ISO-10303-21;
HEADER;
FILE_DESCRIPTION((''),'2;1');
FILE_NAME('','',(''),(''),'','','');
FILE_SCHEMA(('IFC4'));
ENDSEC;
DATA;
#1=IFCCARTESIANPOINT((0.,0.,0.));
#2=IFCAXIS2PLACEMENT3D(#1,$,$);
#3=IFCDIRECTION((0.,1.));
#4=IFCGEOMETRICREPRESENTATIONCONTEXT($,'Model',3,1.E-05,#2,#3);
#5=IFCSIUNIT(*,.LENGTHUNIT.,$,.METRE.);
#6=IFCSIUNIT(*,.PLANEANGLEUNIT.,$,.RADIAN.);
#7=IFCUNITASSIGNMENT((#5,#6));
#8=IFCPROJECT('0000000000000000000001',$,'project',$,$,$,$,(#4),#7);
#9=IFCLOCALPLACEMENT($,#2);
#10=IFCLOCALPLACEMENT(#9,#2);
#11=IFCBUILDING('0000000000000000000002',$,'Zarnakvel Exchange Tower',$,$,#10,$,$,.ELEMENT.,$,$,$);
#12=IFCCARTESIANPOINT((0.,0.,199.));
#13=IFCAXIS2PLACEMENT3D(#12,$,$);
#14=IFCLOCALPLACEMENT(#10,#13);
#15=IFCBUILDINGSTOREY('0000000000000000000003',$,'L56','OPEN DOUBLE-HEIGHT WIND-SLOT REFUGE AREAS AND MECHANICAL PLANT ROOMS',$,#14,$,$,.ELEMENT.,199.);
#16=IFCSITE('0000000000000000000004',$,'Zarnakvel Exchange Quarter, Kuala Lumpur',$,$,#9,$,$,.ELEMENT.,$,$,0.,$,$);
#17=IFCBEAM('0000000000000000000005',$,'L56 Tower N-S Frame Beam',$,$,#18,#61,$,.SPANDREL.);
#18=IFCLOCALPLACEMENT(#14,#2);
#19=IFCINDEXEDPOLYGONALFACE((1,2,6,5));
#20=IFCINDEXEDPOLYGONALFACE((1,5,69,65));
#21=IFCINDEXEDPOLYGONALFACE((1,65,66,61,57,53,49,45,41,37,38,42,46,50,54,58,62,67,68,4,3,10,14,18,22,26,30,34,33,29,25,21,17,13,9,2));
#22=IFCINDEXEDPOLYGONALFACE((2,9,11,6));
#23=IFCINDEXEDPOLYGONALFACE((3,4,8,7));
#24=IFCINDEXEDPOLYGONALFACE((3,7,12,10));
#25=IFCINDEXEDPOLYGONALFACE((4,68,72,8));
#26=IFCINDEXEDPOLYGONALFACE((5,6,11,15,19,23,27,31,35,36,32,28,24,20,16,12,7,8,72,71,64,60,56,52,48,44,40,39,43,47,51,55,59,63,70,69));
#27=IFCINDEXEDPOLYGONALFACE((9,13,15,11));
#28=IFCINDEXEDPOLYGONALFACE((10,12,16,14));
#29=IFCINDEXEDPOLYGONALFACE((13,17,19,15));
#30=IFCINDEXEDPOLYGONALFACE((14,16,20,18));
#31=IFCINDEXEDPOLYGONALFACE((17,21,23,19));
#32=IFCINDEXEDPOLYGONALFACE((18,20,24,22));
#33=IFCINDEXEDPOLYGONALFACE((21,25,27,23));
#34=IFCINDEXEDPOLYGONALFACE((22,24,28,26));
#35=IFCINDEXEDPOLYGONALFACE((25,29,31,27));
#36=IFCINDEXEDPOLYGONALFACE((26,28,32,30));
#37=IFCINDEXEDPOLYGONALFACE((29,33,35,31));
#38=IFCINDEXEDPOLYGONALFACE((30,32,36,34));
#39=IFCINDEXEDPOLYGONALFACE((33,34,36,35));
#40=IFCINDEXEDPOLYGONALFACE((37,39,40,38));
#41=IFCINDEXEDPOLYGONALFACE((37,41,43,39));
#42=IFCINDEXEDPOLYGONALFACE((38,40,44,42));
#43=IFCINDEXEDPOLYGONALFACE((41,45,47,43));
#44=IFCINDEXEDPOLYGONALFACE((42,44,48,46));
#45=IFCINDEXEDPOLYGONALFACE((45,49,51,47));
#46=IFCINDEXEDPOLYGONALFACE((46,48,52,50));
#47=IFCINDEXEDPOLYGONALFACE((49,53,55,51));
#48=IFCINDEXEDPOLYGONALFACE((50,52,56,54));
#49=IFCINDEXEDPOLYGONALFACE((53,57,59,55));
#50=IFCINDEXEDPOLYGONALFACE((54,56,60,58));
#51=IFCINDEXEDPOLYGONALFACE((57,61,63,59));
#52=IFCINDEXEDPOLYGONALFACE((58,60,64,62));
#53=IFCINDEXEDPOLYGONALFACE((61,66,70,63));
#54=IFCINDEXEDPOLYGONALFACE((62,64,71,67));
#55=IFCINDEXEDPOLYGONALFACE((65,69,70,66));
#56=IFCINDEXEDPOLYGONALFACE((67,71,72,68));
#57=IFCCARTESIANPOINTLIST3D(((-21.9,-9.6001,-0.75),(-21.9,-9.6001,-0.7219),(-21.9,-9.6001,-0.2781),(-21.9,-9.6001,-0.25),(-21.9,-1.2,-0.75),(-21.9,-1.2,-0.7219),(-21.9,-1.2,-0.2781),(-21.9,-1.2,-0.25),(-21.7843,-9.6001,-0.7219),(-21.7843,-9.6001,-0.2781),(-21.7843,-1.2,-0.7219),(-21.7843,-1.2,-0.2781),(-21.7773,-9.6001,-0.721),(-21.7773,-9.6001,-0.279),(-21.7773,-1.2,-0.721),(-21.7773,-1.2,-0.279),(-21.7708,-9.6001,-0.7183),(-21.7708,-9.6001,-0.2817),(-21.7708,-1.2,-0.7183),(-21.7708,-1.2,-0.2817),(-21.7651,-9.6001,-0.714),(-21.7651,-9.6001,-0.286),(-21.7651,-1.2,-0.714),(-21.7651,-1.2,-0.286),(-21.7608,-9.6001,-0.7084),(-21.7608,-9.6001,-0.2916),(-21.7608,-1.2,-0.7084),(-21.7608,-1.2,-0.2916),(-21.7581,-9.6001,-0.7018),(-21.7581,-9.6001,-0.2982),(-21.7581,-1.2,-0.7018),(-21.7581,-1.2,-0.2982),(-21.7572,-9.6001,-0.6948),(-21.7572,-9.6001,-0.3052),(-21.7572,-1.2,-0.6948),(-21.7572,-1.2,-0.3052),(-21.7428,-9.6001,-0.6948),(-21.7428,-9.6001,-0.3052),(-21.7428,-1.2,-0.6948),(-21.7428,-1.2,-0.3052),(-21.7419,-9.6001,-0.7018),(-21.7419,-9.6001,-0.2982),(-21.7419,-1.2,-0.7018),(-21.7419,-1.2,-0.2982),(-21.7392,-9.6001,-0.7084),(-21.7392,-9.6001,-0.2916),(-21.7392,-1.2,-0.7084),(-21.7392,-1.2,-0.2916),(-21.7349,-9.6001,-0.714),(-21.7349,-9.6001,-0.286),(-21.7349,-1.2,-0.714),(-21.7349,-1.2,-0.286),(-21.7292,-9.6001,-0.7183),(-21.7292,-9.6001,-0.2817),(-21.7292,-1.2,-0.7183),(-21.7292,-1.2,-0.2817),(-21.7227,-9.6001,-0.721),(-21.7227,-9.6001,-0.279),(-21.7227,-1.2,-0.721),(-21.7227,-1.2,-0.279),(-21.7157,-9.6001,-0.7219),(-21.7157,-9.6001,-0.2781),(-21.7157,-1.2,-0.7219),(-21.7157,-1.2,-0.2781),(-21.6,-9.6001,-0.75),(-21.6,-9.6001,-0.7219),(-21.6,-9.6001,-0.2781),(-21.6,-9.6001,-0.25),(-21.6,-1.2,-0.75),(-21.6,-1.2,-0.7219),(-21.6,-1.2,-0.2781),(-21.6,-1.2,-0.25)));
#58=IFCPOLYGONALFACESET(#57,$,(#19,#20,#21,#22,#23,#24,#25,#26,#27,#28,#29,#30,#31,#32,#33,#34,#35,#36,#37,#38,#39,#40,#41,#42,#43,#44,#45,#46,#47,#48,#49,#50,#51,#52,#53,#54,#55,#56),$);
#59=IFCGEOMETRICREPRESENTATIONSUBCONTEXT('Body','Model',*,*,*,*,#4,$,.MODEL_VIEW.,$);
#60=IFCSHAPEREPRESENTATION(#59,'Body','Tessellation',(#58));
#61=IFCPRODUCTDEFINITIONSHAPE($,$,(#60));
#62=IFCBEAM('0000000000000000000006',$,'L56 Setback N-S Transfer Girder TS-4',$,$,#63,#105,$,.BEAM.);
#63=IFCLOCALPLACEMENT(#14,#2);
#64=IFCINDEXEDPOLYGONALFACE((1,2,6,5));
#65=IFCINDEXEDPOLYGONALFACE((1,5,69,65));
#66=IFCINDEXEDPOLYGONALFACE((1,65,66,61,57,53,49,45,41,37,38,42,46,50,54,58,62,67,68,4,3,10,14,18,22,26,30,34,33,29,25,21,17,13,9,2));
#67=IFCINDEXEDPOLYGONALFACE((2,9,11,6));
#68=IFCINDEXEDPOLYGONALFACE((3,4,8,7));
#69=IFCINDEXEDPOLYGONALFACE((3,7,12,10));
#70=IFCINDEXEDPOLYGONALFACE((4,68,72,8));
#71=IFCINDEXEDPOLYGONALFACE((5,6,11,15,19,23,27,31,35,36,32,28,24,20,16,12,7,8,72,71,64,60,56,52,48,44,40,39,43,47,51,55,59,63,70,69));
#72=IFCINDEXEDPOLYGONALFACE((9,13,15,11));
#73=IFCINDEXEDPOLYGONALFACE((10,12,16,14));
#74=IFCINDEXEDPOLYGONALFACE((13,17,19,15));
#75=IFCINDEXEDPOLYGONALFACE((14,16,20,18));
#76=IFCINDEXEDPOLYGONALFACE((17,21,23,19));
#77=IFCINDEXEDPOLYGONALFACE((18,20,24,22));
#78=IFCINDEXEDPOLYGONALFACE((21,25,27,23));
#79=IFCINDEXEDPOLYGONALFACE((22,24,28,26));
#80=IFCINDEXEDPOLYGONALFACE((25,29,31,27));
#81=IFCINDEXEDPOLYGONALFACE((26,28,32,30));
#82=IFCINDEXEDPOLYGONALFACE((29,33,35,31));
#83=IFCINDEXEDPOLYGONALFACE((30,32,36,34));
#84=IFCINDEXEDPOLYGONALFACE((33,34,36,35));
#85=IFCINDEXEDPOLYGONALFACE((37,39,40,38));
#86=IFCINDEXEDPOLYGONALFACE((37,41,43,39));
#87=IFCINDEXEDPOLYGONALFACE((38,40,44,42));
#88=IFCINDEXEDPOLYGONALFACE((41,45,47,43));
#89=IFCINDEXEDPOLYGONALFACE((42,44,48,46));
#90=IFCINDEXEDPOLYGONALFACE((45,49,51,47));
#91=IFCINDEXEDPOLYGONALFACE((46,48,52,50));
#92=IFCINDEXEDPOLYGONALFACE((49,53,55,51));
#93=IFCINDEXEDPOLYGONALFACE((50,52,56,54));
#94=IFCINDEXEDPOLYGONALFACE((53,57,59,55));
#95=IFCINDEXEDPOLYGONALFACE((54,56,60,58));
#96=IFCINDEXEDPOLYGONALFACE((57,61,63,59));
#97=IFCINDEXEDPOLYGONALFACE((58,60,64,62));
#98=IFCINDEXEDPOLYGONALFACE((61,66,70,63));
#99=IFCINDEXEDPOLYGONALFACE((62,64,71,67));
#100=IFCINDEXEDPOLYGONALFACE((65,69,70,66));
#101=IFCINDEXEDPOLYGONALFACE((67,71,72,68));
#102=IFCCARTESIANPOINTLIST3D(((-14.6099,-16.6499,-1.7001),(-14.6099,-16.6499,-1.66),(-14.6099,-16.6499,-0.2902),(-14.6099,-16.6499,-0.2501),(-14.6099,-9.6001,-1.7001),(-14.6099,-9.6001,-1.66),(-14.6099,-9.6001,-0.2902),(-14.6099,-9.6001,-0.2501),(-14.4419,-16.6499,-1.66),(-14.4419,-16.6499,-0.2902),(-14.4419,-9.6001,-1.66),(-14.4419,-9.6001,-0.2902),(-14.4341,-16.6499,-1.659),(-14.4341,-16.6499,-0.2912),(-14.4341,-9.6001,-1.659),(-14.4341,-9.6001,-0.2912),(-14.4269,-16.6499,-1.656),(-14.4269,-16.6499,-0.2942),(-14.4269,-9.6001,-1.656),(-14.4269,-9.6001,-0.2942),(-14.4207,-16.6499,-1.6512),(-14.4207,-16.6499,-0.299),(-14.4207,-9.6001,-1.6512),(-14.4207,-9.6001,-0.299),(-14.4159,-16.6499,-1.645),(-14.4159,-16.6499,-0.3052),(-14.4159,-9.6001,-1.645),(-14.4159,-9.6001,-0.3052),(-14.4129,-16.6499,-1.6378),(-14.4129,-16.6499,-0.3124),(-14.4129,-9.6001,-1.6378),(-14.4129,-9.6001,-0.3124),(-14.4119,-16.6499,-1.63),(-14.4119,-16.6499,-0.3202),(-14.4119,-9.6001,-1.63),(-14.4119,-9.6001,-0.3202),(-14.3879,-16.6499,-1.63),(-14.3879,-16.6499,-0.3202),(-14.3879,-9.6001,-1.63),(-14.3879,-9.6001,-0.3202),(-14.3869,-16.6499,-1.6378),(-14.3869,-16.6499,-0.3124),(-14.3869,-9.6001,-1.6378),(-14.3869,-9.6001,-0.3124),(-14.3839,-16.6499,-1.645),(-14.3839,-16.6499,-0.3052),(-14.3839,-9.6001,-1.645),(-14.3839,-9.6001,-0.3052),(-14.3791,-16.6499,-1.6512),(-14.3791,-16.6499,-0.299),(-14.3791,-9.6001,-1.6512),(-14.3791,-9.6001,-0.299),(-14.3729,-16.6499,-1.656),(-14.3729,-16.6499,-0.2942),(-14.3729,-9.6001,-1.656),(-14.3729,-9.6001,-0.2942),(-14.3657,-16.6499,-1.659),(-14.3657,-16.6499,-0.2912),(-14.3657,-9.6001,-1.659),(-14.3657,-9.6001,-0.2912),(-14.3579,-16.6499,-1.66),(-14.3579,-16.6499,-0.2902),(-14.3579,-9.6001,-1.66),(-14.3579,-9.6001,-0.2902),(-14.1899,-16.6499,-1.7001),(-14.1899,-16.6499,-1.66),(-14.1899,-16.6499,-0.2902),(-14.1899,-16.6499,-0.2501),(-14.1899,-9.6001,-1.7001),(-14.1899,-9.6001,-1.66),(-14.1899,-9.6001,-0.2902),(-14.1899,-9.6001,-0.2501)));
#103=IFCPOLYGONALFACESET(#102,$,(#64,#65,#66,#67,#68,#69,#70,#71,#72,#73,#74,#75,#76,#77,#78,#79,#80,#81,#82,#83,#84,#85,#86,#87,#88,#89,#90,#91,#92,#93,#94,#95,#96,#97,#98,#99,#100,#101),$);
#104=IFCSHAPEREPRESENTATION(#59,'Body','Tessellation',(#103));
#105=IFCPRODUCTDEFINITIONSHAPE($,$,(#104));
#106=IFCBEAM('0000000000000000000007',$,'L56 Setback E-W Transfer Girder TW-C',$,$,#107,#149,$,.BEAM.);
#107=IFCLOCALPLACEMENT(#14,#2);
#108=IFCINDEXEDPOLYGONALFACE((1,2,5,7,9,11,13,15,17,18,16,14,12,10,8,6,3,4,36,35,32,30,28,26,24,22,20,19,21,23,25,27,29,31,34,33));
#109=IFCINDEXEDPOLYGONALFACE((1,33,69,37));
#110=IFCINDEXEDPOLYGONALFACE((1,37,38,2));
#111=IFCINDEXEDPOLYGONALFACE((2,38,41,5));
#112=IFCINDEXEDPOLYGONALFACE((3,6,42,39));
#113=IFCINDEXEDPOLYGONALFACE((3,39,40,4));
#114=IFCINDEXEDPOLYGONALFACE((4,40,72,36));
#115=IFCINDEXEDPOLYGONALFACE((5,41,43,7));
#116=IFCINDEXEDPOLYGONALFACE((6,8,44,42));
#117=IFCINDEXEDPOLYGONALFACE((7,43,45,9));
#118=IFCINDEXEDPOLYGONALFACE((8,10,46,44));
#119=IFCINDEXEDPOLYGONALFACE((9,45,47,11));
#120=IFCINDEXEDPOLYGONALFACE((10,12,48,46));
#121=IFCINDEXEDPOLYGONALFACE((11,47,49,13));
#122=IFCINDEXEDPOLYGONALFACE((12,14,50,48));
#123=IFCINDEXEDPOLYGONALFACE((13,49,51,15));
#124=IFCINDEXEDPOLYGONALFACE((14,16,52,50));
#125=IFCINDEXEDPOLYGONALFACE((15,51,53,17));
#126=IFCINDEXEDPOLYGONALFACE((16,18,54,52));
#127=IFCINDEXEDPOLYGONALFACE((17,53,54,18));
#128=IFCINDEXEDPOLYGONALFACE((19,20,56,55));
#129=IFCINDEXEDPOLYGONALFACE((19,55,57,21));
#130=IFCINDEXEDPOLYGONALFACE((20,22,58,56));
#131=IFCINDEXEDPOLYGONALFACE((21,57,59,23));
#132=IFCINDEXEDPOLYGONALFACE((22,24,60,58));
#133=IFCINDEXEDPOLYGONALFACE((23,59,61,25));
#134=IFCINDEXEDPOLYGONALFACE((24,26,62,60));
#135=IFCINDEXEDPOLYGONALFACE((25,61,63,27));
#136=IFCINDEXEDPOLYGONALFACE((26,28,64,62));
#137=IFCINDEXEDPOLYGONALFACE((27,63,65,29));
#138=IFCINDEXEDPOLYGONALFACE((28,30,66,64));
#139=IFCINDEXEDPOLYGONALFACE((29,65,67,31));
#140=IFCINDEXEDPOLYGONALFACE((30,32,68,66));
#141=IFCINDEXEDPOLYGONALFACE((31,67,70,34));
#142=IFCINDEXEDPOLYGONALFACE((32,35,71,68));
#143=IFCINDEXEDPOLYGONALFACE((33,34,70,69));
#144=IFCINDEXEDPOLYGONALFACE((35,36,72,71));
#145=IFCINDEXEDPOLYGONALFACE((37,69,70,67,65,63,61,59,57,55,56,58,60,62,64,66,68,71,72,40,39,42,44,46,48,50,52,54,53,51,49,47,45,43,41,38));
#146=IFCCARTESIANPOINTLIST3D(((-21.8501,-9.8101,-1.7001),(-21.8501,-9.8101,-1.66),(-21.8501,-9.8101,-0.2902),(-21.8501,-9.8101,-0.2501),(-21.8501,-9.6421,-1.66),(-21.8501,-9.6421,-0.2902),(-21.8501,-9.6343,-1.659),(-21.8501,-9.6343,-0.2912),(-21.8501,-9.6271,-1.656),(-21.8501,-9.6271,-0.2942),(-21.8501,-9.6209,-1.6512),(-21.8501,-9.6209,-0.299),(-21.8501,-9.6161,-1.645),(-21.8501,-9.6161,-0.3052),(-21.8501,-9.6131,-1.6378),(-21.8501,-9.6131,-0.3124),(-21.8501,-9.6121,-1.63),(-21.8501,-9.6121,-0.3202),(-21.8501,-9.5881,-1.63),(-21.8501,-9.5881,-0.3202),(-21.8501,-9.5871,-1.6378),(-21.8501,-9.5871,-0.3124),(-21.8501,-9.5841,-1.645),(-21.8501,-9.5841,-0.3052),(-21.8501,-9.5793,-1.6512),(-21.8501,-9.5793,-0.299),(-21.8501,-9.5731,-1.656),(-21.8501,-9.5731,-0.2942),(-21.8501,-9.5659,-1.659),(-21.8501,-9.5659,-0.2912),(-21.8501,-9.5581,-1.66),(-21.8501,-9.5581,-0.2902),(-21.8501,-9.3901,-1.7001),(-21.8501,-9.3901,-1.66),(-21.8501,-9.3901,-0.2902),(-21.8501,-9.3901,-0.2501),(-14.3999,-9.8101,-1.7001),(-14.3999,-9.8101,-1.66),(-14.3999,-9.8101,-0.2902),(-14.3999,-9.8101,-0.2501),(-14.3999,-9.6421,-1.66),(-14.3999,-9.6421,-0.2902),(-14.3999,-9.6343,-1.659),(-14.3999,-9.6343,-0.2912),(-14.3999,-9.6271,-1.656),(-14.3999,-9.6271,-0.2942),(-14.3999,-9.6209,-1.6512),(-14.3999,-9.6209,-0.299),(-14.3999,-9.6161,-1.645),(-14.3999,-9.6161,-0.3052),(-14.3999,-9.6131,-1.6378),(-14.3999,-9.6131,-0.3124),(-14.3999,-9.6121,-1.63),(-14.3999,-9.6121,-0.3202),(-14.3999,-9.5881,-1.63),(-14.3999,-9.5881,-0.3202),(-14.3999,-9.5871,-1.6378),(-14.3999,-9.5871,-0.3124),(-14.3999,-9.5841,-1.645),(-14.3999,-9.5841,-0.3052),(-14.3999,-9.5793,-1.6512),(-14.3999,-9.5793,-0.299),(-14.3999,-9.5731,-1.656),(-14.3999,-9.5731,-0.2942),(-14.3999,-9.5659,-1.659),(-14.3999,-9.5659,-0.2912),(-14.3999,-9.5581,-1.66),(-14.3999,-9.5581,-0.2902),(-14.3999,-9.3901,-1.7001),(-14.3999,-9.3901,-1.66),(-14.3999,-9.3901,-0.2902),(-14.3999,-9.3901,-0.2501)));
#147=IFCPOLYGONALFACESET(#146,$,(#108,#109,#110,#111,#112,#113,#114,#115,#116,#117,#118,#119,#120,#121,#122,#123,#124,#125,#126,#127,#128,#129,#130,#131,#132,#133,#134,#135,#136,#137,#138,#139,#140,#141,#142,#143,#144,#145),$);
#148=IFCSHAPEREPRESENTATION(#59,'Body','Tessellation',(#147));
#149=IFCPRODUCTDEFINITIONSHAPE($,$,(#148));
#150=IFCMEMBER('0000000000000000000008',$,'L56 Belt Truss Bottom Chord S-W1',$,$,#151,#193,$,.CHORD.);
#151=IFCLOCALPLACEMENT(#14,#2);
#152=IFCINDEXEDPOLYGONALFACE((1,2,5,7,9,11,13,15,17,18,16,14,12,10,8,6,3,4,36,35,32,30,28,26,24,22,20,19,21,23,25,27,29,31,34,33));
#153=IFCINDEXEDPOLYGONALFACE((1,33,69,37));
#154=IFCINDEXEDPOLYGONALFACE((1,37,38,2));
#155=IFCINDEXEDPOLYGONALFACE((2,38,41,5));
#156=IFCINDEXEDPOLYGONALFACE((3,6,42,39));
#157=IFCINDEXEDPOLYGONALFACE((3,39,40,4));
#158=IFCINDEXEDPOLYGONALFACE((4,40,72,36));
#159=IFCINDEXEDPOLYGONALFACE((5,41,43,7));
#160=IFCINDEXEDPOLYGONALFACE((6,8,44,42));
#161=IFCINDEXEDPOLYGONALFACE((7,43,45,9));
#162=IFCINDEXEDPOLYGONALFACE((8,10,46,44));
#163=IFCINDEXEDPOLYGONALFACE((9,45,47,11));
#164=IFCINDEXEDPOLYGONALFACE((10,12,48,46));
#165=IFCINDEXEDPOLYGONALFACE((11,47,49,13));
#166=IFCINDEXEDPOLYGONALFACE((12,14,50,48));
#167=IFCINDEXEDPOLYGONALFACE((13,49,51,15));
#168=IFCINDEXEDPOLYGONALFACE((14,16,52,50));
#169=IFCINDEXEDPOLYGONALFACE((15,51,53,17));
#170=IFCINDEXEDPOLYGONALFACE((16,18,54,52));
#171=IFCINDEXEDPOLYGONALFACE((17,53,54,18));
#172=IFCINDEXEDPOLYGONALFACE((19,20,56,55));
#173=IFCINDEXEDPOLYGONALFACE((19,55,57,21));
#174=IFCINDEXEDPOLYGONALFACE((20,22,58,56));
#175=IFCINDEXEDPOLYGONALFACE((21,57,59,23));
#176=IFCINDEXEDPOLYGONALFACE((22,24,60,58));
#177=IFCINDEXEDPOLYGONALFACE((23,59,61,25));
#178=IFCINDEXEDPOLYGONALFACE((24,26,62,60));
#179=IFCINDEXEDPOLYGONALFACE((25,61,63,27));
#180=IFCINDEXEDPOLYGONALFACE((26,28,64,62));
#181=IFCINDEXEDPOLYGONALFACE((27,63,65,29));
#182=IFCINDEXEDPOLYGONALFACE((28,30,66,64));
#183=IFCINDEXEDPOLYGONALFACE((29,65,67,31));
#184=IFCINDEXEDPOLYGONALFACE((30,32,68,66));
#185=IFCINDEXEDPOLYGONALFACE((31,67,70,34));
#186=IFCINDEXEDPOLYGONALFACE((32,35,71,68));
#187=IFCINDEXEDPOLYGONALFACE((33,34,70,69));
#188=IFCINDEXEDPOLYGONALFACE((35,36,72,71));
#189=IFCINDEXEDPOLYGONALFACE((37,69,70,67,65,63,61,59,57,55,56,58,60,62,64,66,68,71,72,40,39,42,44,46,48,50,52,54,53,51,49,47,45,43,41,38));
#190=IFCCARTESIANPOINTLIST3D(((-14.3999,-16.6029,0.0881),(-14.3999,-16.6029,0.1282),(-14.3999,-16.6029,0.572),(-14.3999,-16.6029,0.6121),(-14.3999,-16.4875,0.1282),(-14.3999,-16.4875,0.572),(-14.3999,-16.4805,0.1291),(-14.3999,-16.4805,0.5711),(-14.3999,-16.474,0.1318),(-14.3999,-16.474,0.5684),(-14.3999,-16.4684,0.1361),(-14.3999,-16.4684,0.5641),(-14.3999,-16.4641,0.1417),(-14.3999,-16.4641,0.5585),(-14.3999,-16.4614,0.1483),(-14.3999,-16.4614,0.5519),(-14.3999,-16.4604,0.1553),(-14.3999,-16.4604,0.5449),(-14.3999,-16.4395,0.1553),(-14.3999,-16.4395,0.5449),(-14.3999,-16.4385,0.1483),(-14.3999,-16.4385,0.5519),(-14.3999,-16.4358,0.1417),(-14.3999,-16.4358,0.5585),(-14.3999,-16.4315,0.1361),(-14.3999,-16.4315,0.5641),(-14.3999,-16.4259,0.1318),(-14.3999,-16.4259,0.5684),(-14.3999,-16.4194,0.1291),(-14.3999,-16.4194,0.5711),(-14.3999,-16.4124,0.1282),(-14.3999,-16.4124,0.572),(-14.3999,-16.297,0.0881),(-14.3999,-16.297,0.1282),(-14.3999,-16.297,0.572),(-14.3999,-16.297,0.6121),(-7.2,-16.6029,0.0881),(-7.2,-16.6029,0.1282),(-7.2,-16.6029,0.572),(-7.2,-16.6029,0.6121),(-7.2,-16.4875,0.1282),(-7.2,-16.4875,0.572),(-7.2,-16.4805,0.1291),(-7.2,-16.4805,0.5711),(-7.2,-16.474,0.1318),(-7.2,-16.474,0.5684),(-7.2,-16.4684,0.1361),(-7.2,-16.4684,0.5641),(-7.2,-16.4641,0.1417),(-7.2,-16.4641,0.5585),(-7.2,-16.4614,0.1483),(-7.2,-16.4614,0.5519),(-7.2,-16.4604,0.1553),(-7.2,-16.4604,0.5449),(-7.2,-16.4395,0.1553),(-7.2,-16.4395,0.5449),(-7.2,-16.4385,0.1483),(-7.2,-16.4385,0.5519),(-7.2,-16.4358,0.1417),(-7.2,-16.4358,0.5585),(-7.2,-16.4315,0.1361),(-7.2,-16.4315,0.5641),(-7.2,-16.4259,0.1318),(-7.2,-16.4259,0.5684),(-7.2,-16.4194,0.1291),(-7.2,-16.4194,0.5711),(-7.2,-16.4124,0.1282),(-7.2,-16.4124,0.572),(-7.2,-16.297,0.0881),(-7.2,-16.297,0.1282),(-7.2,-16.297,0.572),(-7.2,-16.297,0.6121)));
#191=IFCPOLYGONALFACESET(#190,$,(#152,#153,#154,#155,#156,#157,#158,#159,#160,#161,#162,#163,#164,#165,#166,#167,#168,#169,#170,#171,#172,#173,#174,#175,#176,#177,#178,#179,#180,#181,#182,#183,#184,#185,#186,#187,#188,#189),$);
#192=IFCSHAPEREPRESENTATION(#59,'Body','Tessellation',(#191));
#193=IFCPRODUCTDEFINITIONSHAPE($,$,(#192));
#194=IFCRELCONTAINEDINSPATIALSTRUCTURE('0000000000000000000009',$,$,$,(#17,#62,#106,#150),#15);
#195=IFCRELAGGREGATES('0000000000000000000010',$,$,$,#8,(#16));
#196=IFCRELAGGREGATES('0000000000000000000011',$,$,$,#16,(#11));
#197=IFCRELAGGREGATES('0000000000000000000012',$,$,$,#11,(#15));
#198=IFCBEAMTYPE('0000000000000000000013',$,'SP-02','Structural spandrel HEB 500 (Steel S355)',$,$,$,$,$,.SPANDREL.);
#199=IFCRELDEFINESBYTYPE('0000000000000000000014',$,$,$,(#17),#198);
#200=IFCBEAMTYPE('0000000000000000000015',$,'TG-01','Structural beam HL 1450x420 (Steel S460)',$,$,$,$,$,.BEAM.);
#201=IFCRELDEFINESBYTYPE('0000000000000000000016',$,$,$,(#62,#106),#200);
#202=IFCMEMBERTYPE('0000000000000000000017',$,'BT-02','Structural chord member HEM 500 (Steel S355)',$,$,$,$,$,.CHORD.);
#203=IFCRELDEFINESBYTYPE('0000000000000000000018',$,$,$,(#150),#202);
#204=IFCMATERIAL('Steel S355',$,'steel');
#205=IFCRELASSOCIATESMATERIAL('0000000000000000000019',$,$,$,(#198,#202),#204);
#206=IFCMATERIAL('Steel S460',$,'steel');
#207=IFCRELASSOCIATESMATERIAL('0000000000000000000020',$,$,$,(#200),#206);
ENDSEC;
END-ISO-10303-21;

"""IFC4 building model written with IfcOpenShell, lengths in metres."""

from ifc_helpers import new_model, si_unit, direction, frame, origin, origin_2d, place, context, subcontext, project, spatial, i_section, extrude, source, transform, mapped, material, material_profile, profile_set, type_object, element, save


model = new_model("IFC4")

# Units and contexts
model_context = context("Model", 3, precision=1e-05, world=origin(), true_north=direction((0.0, 1.0)))
body_context = subcontext(model_context, "Body", "Model", "MODEL_VIEW")
ifc_project = project(units=[si_unit("LENGTHUNIT", "METRE"), si_unit("PLANEANGLEUNIT", "RADIAN")], contexts=[model_context])

# Site, building, storey
site_placement = place(None, origin())
site = spatial("IfcSite", under=ifc_project, at=site_placement, Name="Zarnakvel Exchange Quarter, Kuala Lumpur", CompositionType="ELEMENT", RefElevation=0.0)
building_placement = place(site_placement, origin())
building = spatial("IfcBuilding", under=site, at=building_placement, Name="Zarnakvel Exchange Tower", CompositionType="ELEMENT")
storey_placement = place(building_placement, frame((0.0, 0.0, 199.0)))
storey = spatial("IfcBuildingStorey", under=building, at=storey_placement, Name="L56", Description="OPEN DOUBLE-HEIGHT WIND-SLOT REFUGE AREAS AND MECHANICAL PLANT ROOMS", CompositionType="ELEMENT", Elevation=199.0)

# Shared definitions
ifc_material_1 = material(Name="Steel S355", Category="steel")

# Beams
ifc_material_profile_1 = material_profile(ifc_material_1, i_section(OverallWidth=0.3, OverallDepth=0.5, WebThickness=0.0144, FlangeThickness=0.0281, FilletRadius=0.0271, at=origin_2d()))
ifc_profile_set_1 = profile_set([ifc_material_profile_1], Name="Steel S355")
beam_type_1 = type_object("IfcBeamType", Name="SP-02", Description="Structural spandrel HEB 500 (Steel S355)", PredefinedType="SPANDREL", material=ifc_profile_set_1)
beam_1_placement = place(storey_placement, frame((-21.75, -9.6001, -0.5), z_axis=(0.0, 1.0, 0.0), x_axis=(-1.0, 0.0, 0.0)))
element("IfcBeam", 1, at=beam_1_placement, inside=storey, type_object=beam_type_1, Name="L56 Tower N-S Frame Beam", PredefinedType="SPANDREL", context=body_context, shape_type="SweptSolid", body=[
    extrude(i_section(OverallWidth=0.3, OverallDepth=0.5, WebThickness=0.0144, FlangeThickness=0.0281, FilletRadius=0.0271, at=origin_2d()), origin(), (0.0, 0.0, 1.0), 8.4001),
])
ifc_material_2 = material(Name="Steel S460", Category="steel")
ifc_material_profile_2 = material_profile(ifc_material_2, i_section(OverallWidth=0.4199, OverallDepth=1.45, WebThickness=0.0239, FlangeThickness=0.04, FilletRadius=0.03, at=origin_2d()))
ifc_profile_set_2 = profile_set([ifc_material_profile_2], Name="Steel S460")
beam_type_2 = type_object("IfcBeamType", Name="TG-01", Description="Structural beam HL 1450x420 (Steel S460)", PredefinedType="BEAM", material=ifc_profile_set_2)
beam_2_placement = place(storey_placement, frame((-14.3999, -16.6499, -0.9751), z_axis=(0.0, 1.0, 0.0), x_axis=(-1.0, 0.0, 0.0)))
element("IfcBeam", 2, at=beam_2_placement, inside=storey, type_object=beam_type_2, Name="L56 Setback N-S Transfer Girder TS-4", PredefinedType="BEAM", context=body_context, shape_type="SweptSolid", body=[
    extrude(i_section(OverallWidth=0.4199, OverallDepth=1.45, WebThickness=0.0239, FlangeThickness=0.04, FilletRadius=0.03, at=origin_2d()), origin(), (0.0, 0.0, 1.0), 7.0498),
])
beam_3_placement = place(storey_placement, frame((-21.8501, -9.6001, -0.9751), z_axis=(1.0, 0.0, 0.0), x_axis=(0.0, 1.0, 0.0)))
element("IfcBeam", 3, at=beam_3_placement, inside=storey, type_object=beam_type_2, Name="L56 Setback E-W Transfer Girder TW-C", PredefinedType="BEAM", context=body_context, shape_type="SweptSolid", body=[
    extrude(i_section(OverallWidth=0.4199, OverallDepth=1.45, WebThickness=0.0239, FlangeThickness=0.04, FilletRadius=0.03, at=origin_2d()), origin(), (0.0, 0.0, 1.0), 7.4502),
])

# Member
ifc_material_profile_3 = material_profile(ifc_material_1, i_section(OverallWidth=0.3059, OverallDepth=0.5239, WebThickness=0.021, FlangeThickness=0.04, FilletRadius=0.0271, at=origin_2d()))
ifc_profile_set_3 = profile_set([ifc_material_profile_3], Name="Steel S355")
member_type_1 = type_object("IfcMemberType", Name="BT-02", Description="Structural chord member HEM 500 (Steel S355)", PredefinedType="CHORD", material=ifc_profile_set_3)
shared_shape_1 = source(origin(), body_context, "Body", "SweptSolid", [
    extrude(i_section(OverallWidth=0.3059, OverallDepth=0.5239, WebThickness=0.021, FlangeThickness=0.04, FilletRadius=0.0271, at=origin_2d()), origin(), (0.0, 0.0, 1.0), 7.2),
])
for number, where, z_axis, x_axis, name in (
    (4, (-14.3999, -16.45, 0.3501), (1.0, 0.0, 0.0), (0.0, 1.0, 0.0), "L56 Belt Truss Bottom Chord S-W1"),
):
    element("IfcMember", number, at=place(storey_placement, frame(where, z_axis=z_axis, x_axis=x_axis)), inside=storey, type_object=member_type_1, Name=name, PredefinedType="CHORD", context=body_context, shape_type="MappedRepresentation", body=[
        mapped(shared_shape_1, transform((0.0, 0.0, 0.0), x_axis=(1.0, 0.0, 0.0), y_axis=(0.0, 1.0, 0.0), z_axis=(0.0, 0.0, 1.0), scale=1.0)),
    ])

save(model, "model.ifc")
